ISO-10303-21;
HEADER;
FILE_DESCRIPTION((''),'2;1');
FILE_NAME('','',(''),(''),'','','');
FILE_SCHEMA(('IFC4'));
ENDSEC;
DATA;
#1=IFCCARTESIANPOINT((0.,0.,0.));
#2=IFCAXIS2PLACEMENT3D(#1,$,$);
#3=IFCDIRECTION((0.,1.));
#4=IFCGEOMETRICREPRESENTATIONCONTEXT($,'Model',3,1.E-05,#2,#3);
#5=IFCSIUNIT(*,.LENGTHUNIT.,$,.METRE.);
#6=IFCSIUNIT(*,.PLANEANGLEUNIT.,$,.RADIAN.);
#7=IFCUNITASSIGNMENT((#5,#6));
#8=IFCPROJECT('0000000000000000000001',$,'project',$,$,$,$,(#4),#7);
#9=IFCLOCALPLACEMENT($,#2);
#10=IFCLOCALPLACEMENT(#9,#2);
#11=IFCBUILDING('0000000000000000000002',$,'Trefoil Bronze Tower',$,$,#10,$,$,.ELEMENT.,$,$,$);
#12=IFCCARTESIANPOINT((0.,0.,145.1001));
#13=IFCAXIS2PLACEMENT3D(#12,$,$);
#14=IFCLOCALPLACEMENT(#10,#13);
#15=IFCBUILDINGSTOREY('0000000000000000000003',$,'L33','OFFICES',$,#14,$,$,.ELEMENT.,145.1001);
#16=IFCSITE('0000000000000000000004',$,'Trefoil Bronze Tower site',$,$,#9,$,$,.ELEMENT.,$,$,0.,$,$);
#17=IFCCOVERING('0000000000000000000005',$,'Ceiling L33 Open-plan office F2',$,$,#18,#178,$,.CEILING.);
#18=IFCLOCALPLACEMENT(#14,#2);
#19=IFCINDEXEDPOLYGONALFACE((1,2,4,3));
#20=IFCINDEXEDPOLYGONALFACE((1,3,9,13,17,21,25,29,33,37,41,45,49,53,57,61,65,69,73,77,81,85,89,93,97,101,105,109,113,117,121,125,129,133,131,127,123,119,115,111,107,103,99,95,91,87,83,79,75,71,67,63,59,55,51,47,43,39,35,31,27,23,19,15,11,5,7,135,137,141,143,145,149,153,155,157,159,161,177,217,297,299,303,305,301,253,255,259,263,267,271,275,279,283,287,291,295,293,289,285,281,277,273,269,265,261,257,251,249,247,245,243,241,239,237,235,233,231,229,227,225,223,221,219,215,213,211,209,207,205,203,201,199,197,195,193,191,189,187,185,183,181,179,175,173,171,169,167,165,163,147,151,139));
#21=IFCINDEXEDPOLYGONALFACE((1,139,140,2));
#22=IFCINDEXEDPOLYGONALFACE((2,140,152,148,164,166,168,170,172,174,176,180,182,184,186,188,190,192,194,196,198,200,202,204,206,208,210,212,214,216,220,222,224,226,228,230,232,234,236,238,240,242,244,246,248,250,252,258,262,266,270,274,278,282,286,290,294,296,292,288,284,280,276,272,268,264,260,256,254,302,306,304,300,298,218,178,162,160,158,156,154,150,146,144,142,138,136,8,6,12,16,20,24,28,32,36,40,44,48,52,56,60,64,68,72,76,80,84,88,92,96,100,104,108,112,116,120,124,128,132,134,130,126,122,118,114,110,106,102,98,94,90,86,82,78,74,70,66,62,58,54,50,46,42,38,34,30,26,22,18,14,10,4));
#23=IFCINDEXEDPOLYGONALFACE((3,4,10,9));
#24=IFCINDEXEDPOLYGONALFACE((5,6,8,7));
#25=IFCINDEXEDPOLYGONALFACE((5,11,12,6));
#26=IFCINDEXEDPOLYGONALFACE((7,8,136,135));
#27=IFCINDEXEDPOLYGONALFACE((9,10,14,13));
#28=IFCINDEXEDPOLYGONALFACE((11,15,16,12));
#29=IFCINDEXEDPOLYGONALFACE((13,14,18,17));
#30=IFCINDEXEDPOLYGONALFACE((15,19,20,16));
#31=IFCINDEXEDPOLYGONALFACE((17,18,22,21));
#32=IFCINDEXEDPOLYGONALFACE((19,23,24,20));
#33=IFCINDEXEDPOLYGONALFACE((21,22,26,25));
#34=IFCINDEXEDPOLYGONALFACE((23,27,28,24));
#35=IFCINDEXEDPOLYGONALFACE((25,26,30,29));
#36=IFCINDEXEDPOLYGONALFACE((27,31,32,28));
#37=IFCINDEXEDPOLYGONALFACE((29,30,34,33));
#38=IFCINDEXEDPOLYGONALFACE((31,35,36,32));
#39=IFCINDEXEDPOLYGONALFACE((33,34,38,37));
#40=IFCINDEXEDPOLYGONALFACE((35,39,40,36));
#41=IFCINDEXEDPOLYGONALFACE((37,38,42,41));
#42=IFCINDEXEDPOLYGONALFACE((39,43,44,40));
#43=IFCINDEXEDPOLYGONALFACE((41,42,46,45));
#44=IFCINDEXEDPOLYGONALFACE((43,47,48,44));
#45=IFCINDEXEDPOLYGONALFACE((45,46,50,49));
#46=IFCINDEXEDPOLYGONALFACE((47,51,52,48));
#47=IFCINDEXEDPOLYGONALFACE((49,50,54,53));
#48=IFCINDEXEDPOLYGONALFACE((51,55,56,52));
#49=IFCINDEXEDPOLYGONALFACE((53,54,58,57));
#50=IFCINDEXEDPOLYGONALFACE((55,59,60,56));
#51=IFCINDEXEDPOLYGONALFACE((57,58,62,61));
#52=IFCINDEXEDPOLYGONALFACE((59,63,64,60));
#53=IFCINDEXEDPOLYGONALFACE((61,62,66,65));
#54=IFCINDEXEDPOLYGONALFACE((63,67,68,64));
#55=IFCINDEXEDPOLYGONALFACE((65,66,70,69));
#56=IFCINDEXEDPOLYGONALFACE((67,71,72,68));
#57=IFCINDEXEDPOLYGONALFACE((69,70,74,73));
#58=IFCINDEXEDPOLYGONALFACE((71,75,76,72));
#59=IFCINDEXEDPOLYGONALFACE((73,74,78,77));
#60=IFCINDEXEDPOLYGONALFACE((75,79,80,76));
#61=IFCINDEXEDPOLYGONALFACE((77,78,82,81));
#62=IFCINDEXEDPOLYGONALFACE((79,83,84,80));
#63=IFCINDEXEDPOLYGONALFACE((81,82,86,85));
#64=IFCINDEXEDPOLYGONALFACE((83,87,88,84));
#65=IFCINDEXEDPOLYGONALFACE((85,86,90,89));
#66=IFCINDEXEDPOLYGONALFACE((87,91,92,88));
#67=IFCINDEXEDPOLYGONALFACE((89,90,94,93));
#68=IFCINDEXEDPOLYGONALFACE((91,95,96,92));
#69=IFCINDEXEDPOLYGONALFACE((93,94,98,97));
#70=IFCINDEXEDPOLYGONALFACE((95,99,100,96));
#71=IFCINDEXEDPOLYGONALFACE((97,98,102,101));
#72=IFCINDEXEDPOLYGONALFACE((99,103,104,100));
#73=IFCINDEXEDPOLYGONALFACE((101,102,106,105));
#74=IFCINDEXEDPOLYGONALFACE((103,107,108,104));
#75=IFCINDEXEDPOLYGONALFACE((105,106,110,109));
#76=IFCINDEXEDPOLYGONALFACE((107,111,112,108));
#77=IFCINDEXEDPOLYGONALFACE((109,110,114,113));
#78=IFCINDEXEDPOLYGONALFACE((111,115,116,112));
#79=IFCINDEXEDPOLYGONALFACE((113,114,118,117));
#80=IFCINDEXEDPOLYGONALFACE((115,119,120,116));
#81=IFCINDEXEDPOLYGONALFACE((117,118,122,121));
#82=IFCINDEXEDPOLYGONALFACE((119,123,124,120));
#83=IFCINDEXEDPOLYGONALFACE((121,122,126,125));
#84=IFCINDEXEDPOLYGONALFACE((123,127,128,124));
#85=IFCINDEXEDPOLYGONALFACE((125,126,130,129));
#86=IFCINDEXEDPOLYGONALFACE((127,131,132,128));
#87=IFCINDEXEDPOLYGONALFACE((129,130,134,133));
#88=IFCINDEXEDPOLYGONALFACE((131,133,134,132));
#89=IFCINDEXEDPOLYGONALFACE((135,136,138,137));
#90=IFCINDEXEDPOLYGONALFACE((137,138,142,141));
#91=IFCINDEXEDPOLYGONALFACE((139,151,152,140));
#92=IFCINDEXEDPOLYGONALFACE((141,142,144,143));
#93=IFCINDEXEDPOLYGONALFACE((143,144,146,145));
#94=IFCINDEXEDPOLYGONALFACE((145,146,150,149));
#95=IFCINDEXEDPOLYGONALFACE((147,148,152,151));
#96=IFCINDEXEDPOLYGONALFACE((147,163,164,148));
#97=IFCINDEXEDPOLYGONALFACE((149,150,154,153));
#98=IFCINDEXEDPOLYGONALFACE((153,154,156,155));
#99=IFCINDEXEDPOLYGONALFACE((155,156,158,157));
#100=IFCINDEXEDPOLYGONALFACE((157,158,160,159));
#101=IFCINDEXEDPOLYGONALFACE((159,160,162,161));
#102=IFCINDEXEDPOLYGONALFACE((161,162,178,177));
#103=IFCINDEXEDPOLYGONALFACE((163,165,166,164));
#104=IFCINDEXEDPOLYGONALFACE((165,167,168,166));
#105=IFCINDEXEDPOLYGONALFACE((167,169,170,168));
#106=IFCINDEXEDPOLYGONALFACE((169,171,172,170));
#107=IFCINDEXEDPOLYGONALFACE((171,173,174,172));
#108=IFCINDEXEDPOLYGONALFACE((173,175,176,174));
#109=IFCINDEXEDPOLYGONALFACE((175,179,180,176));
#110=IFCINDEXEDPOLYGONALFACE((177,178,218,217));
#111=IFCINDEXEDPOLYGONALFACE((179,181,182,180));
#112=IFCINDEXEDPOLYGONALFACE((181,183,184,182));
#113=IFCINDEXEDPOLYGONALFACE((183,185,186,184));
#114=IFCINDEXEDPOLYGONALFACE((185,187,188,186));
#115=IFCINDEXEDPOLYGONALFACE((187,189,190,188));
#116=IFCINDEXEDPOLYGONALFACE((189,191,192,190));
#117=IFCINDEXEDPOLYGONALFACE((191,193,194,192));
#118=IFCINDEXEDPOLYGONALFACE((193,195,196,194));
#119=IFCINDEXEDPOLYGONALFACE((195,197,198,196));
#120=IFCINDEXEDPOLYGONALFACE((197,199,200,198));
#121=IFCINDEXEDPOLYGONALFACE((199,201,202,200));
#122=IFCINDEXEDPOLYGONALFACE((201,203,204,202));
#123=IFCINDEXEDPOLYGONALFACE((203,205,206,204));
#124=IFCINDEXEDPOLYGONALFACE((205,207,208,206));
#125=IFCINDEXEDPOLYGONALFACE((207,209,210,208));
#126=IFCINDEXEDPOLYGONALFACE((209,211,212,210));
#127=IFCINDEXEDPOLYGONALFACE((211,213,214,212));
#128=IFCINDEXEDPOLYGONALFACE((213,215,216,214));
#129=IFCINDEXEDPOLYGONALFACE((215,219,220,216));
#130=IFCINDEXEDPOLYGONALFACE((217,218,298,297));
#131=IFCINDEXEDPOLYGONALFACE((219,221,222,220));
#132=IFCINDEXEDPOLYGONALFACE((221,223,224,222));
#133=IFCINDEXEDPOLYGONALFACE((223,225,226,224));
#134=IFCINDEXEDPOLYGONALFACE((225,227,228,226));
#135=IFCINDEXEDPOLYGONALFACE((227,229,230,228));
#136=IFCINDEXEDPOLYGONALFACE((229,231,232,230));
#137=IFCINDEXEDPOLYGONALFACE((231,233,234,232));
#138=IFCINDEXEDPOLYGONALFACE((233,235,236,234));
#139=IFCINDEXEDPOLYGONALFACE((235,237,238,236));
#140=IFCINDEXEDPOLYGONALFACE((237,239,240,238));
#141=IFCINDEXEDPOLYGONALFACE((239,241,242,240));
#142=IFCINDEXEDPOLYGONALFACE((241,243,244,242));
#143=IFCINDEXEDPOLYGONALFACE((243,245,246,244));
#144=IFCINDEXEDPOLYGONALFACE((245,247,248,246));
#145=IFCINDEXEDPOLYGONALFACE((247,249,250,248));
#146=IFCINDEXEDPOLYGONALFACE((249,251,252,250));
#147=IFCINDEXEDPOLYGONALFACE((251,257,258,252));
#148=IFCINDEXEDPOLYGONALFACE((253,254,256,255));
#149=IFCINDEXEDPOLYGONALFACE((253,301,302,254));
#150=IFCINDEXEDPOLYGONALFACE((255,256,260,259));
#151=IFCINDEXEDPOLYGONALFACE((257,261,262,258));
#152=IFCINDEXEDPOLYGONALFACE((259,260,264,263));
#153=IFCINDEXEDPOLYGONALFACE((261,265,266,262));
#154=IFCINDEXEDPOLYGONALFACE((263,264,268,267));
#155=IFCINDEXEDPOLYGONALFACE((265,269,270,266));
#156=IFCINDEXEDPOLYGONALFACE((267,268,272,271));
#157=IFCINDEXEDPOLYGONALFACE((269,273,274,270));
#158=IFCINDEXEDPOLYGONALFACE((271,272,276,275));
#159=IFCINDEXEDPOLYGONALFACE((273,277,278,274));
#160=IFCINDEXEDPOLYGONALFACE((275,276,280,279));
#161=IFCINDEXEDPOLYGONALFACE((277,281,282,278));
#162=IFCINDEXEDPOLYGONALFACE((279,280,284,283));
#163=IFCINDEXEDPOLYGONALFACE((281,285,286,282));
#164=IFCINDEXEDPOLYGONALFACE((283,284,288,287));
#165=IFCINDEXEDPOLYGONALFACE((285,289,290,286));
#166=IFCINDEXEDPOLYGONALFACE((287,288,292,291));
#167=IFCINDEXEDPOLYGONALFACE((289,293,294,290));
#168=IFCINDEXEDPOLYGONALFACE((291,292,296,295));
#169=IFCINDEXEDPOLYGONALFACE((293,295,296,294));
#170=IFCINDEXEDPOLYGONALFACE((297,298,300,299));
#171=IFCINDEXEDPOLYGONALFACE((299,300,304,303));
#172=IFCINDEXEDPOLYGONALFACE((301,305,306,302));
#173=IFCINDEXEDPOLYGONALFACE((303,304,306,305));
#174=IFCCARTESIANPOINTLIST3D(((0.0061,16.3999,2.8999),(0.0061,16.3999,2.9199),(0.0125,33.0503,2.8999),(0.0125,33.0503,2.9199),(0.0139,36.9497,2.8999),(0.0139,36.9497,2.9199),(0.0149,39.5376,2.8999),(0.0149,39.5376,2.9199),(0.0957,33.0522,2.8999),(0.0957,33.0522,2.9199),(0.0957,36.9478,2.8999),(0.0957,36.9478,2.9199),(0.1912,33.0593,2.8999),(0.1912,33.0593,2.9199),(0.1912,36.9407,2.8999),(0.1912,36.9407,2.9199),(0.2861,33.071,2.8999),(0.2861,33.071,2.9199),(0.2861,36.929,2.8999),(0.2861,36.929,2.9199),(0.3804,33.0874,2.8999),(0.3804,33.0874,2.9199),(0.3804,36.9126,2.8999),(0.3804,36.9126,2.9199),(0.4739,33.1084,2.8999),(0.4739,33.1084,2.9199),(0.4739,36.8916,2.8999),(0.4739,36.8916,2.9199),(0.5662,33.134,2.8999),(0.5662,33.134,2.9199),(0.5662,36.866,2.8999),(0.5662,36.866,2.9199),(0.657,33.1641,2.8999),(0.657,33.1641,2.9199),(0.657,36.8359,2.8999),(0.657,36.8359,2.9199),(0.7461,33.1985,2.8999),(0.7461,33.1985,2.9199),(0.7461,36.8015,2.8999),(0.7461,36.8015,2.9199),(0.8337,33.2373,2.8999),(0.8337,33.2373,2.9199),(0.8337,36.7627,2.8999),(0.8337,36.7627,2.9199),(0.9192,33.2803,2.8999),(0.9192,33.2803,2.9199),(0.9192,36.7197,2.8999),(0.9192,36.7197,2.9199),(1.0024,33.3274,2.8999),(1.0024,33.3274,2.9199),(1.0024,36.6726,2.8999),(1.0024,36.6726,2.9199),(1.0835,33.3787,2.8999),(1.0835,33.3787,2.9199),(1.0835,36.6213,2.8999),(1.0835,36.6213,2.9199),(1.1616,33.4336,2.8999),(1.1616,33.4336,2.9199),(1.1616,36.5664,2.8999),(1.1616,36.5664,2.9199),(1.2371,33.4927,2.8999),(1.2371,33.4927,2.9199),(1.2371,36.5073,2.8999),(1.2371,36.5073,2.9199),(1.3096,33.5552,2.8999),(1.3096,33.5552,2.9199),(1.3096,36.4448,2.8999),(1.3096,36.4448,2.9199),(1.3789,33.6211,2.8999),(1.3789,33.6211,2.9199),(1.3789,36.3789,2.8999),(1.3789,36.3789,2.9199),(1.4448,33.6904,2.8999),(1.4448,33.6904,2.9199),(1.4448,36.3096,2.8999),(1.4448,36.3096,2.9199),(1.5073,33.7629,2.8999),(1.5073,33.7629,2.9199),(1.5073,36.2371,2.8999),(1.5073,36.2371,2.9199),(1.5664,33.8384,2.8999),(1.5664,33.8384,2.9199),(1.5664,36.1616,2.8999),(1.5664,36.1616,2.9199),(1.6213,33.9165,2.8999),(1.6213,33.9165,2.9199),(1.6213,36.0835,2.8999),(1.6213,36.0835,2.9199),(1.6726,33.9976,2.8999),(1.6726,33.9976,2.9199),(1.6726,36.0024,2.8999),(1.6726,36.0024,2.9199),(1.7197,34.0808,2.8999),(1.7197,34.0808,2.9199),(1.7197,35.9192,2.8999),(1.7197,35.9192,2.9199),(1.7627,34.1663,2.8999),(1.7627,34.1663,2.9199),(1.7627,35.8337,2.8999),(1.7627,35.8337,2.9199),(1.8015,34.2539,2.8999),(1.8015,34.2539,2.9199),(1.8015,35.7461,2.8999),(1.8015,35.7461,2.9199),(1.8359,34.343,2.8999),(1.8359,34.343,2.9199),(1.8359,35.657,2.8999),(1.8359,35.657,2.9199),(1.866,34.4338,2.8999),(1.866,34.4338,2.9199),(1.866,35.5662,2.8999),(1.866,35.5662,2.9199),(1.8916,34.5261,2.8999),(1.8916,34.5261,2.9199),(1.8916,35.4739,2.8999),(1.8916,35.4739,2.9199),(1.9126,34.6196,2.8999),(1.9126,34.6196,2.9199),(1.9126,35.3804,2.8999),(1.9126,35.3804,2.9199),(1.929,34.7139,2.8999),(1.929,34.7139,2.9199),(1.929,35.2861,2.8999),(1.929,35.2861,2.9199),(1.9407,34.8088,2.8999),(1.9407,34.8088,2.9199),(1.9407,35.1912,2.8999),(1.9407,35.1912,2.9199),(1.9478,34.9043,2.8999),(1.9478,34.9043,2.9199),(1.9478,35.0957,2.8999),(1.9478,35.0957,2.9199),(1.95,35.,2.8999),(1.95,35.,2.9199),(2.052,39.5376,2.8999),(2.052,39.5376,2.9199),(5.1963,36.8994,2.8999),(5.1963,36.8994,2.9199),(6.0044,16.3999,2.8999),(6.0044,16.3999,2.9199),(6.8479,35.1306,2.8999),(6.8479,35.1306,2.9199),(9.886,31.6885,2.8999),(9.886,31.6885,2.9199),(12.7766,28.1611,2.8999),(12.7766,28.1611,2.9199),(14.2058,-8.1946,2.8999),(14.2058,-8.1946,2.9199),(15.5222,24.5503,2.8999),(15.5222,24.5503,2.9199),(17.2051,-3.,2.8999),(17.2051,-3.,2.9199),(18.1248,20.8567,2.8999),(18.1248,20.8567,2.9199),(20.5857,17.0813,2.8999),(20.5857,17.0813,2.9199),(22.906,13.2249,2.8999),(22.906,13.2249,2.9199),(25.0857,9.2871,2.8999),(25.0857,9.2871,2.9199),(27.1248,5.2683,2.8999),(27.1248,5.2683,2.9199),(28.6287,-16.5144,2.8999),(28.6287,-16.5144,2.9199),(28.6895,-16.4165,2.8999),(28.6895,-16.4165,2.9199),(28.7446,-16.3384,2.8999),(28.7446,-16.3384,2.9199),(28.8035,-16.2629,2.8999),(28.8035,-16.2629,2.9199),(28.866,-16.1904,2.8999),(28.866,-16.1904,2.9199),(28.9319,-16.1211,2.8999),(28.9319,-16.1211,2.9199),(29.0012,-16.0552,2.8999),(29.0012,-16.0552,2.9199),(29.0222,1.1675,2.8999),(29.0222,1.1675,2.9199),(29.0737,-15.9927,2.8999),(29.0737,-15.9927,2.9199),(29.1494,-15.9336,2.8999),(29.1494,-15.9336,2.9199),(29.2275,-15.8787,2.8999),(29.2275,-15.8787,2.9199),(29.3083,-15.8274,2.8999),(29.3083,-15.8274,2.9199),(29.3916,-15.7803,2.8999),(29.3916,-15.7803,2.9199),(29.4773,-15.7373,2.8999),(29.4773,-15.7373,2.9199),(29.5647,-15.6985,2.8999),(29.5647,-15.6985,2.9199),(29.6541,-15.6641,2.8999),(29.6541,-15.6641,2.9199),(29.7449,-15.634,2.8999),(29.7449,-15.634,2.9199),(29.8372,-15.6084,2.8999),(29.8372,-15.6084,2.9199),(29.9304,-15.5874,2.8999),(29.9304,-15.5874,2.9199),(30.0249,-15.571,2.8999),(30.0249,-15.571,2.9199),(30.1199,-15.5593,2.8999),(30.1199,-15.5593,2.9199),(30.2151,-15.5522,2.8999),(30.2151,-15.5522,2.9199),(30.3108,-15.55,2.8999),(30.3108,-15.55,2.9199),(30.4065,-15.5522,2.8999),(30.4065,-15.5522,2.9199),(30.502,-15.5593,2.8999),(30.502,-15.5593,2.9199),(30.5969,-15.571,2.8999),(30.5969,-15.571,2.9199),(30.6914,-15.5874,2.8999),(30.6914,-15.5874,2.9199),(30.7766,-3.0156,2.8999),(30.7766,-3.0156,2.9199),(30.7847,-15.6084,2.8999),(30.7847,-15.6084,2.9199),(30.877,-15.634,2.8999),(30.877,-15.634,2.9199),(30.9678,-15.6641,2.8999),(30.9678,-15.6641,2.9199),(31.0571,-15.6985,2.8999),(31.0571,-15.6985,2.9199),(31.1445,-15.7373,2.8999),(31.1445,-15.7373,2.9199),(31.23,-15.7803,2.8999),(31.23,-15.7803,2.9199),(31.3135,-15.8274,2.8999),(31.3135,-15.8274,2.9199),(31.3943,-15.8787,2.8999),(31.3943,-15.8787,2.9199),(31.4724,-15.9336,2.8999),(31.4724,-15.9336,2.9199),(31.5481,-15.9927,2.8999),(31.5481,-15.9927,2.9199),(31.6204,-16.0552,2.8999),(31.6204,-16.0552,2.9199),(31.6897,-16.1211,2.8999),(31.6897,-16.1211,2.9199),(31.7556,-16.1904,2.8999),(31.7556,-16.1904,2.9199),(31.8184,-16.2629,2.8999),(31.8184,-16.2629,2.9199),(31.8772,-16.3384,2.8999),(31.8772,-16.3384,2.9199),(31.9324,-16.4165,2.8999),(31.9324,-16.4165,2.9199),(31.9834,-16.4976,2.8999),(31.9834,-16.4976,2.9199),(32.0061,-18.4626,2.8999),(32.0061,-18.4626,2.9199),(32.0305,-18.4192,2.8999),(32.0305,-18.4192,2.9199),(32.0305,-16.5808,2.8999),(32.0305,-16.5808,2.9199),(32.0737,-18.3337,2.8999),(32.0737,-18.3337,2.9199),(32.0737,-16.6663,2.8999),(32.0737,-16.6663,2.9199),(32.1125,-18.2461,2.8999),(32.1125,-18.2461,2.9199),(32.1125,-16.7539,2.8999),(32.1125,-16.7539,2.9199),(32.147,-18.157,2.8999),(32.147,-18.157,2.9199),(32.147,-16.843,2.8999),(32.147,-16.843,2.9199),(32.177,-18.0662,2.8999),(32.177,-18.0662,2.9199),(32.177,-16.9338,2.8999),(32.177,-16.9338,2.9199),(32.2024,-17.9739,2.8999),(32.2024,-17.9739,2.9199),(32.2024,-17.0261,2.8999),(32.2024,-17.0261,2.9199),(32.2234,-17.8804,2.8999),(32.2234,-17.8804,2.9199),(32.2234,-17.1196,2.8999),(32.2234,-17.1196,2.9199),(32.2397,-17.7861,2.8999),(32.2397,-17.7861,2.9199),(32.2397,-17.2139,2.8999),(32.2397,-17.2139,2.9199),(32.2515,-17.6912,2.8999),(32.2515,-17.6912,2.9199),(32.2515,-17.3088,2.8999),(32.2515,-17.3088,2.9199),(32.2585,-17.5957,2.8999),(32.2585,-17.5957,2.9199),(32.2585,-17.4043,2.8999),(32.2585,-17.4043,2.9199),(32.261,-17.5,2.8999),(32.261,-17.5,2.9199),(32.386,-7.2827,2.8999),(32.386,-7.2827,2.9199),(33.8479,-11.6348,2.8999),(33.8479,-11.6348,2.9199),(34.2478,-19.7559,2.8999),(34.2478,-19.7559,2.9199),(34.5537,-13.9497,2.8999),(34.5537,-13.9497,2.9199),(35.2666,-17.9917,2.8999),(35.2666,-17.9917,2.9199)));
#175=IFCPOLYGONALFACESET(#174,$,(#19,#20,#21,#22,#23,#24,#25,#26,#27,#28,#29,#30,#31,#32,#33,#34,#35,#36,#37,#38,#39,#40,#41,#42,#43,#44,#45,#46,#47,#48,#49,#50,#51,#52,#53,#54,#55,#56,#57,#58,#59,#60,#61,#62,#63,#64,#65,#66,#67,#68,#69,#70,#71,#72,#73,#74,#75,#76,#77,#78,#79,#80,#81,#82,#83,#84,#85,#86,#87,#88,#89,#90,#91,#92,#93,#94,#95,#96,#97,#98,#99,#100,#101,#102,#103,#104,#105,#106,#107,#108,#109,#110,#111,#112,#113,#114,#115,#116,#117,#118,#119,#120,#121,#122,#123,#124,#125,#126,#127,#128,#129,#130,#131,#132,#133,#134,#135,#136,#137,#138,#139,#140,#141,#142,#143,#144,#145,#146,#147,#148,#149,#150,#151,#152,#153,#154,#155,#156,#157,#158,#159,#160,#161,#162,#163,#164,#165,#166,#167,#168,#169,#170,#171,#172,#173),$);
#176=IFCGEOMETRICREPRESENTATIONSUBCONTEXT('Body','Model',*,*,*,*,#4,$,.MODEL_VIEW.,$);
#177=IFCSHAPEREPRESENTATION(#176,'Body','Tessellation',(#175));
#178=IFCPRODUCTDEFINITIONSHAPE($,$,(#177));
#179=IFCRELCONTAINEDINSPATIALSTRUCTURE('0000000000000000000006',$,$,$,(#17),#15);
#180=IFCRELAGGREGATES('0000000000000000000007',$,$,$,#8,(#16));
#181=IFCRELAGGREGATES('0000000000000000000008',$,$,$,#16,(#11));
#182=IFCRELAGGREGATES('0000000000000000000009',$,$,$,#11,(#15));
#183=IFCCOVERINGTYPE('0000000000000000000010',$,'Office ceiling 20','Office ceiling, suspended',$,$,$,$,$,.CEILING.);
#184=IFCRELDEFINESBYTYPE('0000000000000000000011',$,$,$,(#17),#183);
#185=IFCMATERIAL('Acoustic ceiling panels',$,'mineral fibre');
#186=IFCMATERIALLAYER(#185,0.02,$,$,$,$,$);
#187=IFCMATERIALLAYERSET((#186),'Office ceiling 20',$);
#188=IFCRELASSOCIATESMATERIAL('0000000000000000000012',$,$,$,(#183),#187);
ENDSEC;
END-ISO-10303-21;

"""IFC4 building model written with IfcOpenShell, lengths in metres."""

from ifc_helpers import new_model, si_unit, direction, frame, origin, place, context, subcontext, project, spatial, polyline, outline, extrude, material, layer, layer_set, type_object, element, save


model = new_model("IFC4")

# Units and contexts
model_context = context("Model", 3, precision=1e-05, world=origin(), true_north=direction((0.0, 1.0)))
body_context = subcontext(model_context, "Body", "Model", "MODEL_VIEW")
ifc_project = project(units=[si_unit("LENGTHUNIT", "METRE"), si_unit("PLANEANGLEUNIT", "RADIAN")], contexts=[model_context])

# Site, building, storey
site_placement = place(None, origin())
site = spatial("IfcSite", under=ifc_project, at=site_placement, Name="Trefoil Bronze Tower site", CompositionType="ELEMENT", RefElevation=0.0)
building_placement = place(site_placement, origin())
building = spatial("IfcBuilding", under=site, at=building_placement, Name="Trefoil Bronze Tower", CompositionType="ELEMENT")
storey_placement = place(building_placement, frame((0.0, 0.0, 145.1001)))
storey = spatial("IfcBuildingStorey", under=building, at=storey_placement, Name="L33", Description="OFFICES", CompositionType="ELEMENT", Elevation=145.1001)

# Covering
ifc_material_1 = material(Name="Acoustic ceiling panels", Category="mineral fibre")
ifc_layer_1 = layer(ifc_material_1, 0.02)
ifc_layer_set_1 = layer_set([ifc_layer_1], Name="Office ceiling 20")
covering_type_1 = type_object("IfcCoveringType", Name="Office ceiling 20", Description="Office ceiling, suspended", PredefinedType="CEILING", material=ifc_layer_set_1)
covering_1_placement = place(storey_placement, frame((0.0, 0.0, 2.8999)))
element("IfcCovering", 1, at=covering_1_placement, inside=storey, type_object=covering_type_1, Name="Ceiling L33 Open-plan office F2", PredefinedType="CEILING", context=body_context, shape_type="SweptSolid", body=[
    extrude(outline(polyline([(6.8479, 35.1306), (9.886, 31.6885), (12.7766, 28.1611), (15.5222, 24.5503), (18.1248, 20.8567), (20.5857, 17.0813), (22.906, 13.2249), (25.0857, 9.2871), (27.1248, 5.2683), (29.0222, 1.1675), (30.7766, -3.0156), (32.386, -7.2827), (33.8479, -11.6348), (34.5537, -13.9497), (35.2666, -17.9917), (34.2478, -19.7559), (32.0061, -18.4626), (32.0305, -18.4192), (32.0737, -18.3337), (32.1125, -18.2461), (32.147, -18.157), (32.177, -18.0662), (32.2024, -17.9739), (32.2234, -17.8804), (32.2397, -17.7861), (32.2515, -17.6912), (32.2585, -17.5957), (32.261, -17.5), (32.2585, -17.4043), (32.2515, -17.3088), (32.2397, -17.2139), (32.2234, -17.1196), (32.2024, -17.0261), (32.177, -16.9338), (32.147, -16.843), (32.1125, -16.7539), (32.0737, -16.6663), (32.0305, -16.5808), (31.9834, -16.4976), (31.9324, -16.4165), (31.8772, -16.3384), (31.8184, -16.2629), (31.7556, -16.1904), (31.6897, -16.1211), (31.6204, -16.0552), (31.5481, -15.9927), (31.4724, -15.9336), (31.3943, -15.8787), (31.3135, -15.8274), (31.23, -15.7803), (31.1445, -15.7373), (31.0571, -15.6985), (30.9678, -15.6641), (30.877, -15.634), (30.7847, -15.6084), (30.6914, -15.5874), (30.5969, -15.571), (30.502, -15.5593), (30.4065, -15.5522), (30.3108, -15.55), (30.2151, -15.5522), (30.1199, -15.5593), (30.0249, -15.571), (29.9304, -15.5874), (29.8372, -15.6084), (29.7449, -15.634), (29.6541, -15.6641), (29.5647, -15.6985), (29.4773, -15.7373), (29.3916, -15.7803), (29.3083, -15.8274), (29.2275, -15.8787), (29.1494, -15.9336), (29.0737, -15.9927), (29.0012, -16.0552), (28.9319, -16.1211), (28.866, -16.1904), (28.8035, -16.2629), (28.7446, -16.3384), (28.6895, -16.4165), (28.6287, -16.5144), (14.2058, -8.1946), (17.2051, -3.0), (6.0044, 16.3999), (0.0061, 16.3999), (0.0125, 33.0503), (0.0957, 33.0522), (0.1912, 33.0593), (0.2861, 33.071), (0.3804, 33.0874), (0.4739, 33.1084), (0.5662, 33.134), (0.657, 33.1641), (0.7461, 33.1985), (0.8337, 33.2373), (0.9192, 33.2803), (1.0024, 33.3274), (1.0835, 33.3787), (1.1616, 33.4336), (1.2371, 33.4927), (1.3096, 33.5552), (1.3789, 33.6211), (1.4448, 33.6904), (1.5073, 33.7629), (1.5664, 33.8384), (1.6213, 33.9165), (1.6726, 33.9976), (1.7197, 34.0808), (1.7627, 34.1663), (1.8015, 34.2539), (1.8359, 34.343), (1.866, 34.4338), (1.8916, 34.5261), (1.9126, 34.6196), (1.929, 34.7139), (1.9407, 34.8088), (1.9478, 34.9043), (1.95, 35.0), (1.9478, 35.0957), (1.9407, 35.1912), (1.929, 35.2861), (1.9126, 35.3804), (1.8916, 35.4739), (1.866, 35.5662), (1.8359, 35.657), (1.8015, 35.7461), (1.7627, 35.8337), (1.7197, 35.9192), (1.6726, 36.0024), (1.6213, 36.0835), (1.5664, 36.1616), (1.5073, 36.2371), (1.4448, 36.3096), (1.3789, 36.3789), (1.3096, 36.4448), (1.2371, 36.5073), (1.1616, 36.5664), (1.0835, 36.6213), (1.0024, 36.6726), (0.9192, 36.7197), (0.8337, 36.7627), (0.7461, 36.8015), (0.657, 36.8359), (0.5662, 36.866), (0.4739, 36.8916), (0.3804, 36.9126), (0.2861, 36.929), (0.1912, 36.9407), (0.0957, 36.9478), (0.0139, 36.9497), (0.0149, 39.5376), (2.052, 39.5376), (5.1963, 36.8994), (6.8479, 35.1306)])), origin(), (0.0, 0.0, 1.0), 0.02),
])

save(model, "model.ifc")
